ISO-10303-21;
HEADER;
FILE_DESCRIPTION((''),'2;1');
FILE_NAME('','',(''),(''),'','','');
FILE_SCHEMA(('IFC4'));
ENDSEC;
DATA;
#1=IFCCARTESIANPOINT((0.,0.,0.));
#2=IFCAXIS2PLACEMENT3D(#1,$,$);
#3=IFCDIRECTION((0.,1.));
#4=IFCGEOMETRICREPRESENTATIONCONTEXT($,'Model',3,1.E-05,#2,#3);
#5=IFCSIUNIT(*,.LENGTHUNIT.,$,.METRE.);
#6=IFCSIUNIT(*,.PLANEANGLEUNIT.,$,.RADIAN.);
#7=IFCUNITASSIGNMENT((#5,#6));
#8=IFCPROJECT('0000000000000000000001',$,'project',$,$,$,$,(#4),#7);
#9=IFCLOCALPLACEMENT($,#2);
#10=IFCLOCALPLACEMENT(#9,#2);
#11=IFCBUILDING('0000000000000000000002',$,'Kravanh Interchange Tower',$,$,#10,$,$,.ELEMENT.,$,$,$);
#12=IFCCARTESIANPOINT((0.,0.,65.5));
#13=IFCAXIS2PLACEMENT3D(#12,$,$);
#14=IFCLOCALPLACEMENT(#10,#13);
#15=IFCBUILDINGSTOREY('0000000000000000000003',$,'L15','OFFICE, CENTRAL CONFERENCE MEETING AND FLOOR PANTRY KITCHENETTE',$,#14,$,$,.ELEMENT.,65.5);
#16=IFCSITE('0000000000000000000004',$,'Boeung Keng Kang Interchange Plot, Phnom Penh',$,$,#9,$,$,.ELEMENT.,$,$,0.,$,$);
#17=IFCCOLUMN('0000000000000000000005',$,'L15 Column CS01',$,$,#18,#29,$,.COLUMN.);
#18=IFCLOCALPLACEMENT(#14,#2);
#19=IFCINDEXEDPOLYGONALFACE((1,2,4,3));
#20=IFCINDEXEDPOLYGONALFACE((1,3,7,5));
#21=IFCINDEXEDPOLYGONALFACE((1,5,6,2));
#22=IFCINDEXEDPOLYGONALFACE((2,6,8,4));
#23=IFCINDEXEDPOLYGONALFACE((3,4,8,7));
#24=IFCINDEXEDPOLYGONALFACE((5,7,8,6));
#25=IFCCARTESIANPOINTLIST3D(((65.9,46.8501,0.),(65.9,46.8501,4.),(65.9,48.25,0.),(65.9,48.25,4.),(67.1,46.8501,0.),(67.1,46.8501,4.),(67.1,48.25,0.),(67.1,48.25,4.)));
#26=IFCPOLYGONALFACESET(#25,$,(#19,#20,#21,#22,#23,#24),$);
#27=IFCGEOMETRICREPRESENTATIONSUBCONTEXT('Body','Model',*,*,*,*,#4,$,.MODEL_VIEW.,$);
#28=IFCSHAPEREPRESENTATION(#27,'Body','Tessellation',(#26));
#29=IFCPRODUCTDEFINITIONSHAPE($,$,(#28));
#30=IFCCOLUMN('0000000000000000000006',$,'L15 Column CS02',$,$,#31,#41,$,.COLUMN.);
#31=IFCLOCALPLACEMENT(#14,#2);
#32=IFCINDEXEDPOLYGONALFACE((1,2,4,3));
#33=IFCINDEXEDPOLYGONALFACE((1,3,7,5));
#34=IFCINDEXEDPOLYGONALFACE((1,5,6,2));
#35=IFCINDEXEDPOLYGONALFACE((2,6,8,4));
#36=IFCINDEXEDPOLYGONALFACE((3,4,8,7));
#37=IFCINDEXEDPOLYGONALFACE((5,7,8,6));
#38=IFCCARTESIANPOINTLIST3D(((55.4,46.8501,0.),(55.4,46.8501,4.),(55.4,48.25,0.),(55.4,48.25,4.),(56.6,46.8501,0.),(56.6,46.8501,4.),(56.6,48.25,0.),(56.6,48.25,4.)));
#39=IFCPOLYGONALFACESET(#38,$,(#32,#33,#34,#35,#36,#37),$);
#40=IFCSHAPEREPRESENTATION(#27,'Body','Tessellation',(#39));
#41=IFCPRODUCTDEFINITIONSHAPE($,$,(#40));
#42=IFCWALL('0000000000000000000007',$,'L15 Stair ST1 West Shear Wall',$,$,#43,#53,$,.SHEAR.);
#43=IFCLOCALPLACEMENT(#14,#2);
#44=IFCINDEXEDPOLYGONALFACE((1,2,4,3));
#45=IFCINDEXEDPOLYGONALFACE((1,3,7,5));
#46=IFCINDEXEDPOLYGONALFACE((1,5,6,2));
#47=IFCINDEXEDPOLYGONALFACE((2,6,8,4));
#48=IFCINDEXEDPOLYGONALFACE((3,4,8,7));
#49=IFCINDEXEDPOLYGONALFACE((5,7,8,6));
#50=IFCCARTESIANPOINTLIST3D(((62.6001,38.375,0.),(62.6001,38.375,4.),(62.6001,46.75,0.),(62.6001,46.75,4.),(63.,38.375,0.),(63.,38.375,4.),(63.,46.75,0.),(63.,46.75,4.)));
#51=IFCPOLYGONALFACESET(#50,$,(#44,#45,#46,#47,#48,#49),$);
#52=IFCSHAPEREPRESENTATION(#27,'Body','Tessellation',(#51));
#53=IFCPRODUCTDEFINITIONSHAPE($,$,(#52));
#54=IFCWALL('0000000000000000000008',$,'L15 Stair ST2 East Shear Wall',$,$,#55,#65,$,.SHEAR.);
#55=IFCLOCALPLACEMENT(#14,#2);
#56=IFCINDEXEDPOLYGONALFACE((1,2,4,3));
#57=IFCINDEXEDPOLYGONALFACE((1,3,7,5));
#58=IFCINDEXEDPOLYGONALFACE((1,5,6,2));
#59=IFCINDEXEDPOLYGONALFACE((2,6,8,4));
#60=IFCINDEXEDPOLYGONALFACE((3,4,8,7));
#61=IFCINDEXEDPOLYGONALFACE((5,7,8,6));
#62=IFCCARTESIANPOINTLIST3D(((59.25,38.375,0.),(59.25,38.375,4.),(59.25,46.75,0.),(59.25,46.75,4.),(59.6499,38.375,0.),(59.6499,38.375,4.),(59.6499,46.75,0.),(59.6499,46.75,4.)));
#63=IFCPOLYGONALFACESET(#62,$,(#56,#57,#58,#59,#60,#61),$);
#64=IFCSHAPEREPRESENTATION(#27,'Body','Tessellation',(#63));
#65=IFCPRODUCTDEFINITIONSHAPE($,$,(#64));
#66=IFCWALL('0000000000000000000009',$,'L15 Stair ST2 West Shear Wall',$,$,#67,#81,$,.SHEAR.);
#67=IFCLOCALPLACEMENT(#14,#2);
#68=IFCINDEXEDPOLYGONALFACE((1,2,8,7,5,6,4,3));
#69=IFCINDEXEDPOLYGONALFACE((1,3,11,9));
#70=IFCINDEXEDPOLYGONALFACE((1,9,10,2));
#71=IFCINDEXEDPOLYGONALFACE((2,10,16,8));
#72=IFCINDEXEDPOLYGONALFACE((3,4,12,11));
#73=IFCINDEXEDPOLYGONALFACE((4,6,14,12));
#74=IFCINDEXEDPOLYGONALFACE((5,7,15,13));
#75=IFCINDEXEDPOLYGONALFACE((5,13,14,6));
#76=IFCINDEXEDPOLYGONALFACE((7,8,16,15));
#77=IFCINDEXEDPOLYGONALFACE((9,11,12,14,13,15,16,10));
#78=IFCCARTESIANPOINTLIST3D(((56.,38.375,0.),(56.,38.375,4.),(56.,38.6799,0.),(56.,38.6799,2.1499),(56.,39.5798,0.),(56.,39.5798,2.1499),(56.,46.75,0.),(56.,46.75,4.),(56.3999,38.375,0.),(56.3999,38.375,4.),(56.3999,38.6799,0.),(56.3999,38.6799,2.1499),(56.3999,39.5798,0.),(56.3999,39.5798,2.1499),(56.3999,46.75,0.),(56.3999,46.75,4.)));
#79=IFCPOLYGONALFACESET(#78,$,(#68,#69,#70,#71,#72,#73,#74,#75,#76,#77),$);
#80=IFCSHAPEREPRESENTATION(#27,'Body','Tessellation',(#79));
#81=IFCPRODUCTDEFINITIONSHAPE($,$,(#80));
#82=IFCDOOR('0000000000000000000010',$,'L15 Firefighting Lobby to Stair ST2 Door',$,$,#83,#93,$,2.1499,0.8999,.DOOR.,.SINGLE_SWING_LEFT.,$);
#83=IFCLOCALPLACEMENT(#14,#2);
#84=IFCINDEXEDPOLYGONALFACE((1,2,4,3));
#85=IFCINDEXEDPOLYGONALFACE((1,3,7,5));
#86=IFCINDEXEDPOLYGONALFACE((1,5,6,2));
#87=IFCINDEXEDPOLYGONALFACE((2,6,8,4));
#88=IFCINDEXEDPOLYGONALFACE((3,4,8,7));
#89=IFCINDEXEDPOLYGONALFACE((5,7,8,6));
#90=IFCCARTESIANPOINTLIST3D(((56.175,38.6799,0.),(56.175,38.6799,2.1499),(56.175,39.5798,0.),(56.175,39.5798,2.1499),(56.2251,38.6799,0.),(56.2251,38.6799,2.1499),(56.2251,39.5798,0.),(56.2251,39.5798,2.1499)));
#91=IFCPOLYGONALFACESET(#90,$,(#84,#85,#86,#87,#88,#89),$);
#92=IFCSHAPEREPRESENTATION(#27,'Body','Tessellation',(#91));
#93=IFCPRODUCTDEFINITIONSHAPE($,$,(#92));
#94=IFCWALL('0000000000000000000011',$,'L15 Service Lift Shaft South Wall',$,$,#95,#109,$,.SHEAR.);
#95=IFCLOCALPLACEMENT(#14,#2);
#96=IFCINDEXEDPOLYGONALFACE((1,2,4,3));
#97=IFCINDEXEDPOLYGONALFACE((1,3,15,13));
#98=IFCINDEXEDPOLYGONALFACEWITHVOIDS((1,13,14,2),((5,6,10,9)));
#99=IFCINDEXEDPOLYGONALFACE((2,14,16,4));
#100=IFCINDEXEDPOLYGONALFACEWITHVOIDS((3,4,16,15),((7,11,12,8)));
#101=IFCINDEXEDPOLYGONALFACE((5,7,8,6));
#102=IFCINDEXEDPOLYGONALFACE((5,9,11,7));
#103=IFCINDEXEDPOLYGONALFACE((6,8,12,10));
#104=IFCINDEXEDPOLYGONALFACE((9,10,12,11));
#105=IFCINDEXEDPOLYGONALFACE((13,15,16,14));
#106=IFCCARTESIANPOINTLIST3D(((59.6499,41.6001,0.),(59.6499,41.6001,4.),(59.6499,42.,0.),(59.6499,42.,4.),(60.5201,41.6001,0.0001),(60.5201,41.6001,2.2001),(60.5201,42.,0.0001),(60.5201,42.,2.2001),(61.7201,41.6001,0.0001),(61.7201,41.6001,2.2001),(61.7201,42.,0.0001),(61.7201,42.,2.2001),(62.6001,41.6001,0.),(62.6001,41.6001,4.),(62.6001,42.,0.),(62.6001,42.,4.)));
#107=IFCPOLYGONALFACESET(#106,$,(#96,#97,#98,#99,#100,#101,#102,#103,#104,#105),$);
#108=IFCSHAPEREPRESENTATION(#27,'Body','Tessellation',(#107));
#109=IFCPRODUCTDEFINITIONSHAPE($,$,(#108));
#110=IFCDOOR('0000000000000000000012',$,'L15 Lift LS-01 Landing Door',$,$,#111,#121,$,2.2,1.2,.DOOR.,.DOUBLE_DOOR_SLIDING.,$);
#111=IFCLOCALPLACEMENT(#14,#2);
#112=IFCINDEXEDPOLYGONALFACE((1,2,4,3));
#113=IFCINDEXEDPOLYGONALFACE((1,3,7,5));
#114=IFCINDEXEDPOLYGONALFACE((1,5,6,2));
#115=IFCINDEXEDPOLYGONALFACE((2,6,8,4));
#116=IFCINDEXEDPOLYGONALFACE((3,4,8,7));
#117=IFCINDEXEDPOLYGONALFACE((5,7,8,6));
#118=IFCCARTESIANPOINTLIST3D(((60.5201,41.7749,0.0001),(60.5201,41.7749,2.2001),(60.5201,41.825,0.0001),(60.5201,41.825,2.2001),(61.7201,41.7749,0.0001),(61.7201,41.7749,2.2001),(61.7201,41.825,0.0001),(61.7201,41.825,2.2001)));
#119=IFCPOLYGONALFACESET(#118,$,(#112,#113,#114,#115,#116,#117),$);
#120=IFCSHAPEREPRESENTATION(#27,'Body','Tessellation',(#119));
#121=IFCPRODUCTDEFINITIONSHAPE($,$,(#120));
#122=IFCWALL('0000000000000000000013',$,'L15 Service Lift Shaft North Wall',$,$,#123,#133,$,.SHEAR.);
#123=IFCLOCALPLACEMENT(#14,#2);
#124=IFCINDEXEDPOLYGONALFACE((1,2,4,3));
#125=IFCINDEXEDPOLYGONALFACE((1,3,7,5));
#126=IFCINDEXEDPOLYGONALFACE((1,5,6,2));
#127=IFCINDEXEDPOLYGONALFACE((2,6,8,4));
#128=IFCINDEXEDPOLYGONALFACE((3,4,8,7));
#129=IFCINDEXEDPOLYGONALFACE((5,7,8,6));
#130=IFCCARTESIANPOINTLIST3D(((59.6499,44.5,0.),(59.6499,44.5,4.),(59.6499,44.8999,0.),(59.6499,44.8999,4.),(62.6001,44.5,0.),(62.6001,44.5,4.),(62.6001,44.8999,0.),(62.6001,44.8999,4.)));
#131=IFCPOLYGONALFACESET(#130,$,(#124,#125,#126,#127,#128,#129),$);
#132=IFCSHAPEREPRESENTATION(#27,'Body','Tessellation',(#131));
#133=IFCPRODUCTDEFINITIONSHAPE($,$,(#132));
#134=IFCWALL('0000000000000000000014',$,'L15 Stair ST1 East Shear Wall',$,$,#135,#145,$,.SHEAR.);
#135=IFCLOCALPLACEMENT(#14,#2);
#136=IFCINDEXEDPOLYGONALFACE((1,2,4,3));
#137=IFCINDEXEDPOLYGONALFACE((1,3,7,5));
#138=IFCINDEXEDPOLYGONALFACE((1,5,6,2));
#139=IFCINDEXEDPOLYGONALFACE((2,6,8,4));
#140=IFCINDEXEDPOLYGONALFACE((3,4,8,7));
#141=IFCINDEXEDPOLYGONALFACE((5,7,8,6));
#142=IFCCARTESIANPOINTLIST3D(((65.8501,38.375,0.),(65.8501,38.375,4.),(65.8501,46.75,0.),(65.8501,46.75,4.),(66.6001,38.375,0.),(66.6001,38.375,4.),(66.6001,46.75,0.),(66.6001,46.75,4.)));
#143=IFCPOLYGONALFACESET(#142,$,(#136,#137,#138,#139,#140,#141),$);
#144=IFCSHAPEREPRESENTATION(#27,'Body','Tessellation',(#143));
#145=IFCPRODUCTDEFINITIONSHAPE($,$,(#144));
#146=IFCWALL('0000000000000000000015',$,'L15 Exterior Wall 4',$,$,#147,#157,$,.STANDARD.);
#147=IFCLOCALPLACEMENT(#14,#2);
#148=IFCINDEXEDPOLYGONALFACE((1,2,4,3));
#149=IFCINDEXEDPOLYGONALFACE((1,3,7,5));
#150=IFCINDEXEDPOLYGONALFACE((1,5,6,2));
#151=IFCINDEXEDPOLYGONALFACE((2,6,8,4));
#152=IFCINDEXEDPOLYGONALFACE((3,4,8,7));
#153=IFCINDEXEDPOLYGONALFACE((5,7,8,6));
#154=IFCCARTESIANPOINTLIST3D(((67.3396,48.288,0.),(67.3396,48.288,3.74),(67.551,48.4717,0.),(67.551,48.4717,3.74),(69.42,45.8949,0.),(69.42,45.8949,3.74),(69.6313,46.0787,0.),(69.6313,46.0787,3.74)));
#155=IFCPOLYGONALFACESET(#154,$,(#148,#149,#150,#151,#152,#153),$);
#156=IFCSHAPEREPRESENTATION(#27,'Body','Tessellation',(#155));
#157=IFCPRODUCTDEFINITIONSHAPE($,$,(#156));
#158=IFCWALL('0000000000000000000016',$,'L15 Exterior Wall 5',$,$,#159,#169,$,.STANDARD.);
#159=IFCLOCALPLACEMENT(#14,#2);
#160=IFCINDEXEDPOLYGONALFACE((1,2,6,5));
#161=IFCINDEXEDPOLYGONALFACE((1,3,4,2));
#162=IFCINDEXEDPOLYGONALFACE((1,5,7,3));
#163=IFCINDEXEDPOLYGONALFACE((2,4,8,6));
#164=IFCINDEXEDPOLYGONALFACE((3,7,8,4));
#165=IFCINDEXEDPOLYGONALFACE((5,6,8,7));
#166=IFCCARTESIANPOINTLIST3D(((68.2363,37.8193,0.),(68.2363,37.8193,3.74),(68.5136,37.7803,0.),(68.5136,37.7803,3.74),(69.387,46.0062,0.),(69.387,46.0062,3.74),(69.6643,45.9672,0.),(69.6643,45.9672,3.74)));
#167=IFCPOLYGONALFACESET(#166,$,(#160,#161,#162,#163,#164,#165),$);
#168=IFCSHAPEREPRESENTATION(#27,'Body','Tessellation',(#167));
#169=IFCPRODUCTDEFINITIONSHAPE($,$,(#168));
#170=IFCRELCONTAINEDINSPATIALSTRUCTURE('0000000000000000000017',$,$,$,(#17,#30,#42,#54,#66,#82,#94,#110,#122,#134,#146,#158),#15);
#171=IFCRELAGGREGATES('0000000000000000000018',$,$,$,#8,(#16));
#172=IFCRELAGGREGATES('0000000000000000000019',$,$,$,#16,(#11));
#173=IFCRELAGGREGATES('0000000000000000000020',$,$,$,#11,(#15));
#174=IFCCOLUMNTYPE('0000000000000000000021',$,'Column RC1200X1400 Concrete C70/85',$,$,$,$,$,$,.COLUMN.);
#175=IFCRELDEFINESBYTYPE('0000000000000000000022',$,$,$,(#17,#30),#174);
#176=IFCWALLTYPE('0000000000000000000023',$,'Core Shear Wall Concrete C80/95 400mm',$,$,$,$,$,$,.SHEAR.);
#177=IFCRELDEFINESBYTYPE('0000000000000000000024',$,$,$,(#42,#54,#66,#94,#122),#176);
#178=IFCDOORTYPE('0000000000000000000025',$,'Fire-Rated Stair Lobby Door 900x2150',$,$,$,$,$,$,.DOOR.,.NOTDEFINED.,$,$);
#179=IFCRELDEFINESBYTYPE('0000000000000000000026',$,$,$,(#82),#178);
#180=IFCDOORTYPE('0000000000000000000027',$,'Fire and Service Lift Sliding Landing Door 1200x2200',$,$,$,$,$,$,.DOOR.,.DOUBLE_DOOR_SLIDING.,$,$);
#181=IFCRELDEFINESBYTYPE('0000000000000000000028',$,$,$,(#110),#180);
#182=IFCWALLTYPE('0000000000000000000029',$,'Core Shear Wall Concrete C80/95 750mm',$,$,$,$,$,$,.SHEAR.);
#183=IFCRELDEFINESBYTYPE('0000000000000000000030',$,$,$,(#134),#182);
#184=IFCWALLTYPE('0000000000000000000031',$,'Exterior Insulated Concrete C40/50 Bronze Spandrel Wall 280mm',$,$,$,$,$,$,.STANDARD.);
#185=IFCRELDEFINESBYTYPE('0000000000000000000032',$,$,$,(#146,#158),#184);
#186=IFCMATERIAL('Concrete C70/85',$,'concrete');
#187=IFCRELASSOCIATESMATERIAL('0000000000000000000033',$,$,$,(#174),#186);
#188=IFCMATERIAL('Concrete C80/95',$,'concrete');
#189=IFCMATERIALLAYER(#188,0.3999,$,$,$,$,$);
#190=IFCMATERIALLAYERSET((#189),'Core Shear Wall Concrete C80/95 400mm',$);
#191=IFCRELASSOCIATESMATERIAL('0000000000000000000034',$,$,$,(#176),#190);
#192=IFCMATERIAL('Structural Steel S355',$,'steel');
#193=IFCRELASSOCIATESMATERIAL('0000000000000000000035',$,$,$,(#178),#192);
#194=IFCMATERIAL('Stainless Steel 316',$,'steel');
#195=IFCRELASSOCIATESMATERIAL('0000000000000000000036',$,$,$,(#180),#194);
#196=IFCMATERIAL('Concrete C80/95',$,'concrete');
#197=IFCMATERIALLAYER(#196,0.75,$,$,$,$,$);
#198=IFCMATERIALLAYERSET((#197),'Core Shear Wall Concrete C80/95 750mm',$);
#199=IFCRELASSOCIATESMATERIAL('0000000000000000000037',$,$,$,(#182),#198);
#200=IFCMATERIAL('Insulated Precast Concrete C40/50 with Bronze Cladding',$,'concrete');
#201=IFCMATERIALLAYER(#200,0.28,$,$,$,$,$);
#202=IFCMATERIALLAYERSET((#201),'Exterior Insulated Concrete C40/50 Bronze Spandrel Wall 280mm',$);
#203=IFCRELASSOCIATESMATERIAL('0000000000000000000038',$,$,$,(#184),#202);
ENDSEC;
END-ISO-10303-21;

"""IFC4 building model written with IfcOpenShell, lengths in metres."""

from ifc_helpers import new_model, si_unit, direction, frame, frame_2d, origin, origin_2d, place, context, subcontext, project, spatial, rectangle, extrude, material, layer, layer_set, material_profile, profile_set, type_object, element, fill, save


model = new_model("IFC4")

# Units and contexts
model_context = context("Model", 3, precision=1e-05, world=origin(), true_north=direction((0.0, 1.0)))
body_context = subcontext(model_context, "Body", "Model", "MODEL_VIEW")
ifc_project = project(units=[si_unit("LENGTHUNIT", "METRE"), si_unit("PLANEANGLEUNIT", "RADIAN")], contexts=[model_context])

# Site, building, storey
site_placement = place(None, origin())
site = spatial("IfcSite", under=ifc_project, at=site_placement, Name="Boeung Keng Kang Interchange Plot, Phnom Penh", CompositionType="ELEMENT", RefElevation=0.0)
building_placement = place(site_placement, origin())
building = spatial("IfcBuilding", under=site, at=building_placement, Name="Kravanh Interchange Tower", CompositionType="ELEMENT")
storey_placement = place(building_placement, frame((0.0, 0.0, 65.5)))
storey = spatial("IfcBuildingStorey", under=building, at=storey_placement, Name="L15", Description="OFFICE, CENTRAL CONFERENCE MEETING AND FLOOR PANTRY KITCHENETTE", CompositionType="ELEMENT", Elevation=65.5)

# Columns
ifc_material_1 = material(Name="Concrete C70/85", Category="concrete")
ifc_material_profile = material_profile(ifc_material_1, rectangle(XDim=1.2, YDim=1.3999, at=origin_2d()), Name="RC1200X1400")
ifc_profile_set = profile_set([ifc_material_profile], Name="Concrete C70/85")
column_type = type_object("IfcColumnType", Name="Column RC1200X1400 Concrete C70/85", PredefinedType="COLUMN", material=ifc_profile_set)
for number, where, z_axis, x_axis, name in (
    (1, (66.5, 47.55, 0.0), (0.0, 0.0, 1.0), (1.0, 0.0, 0.0), "L15 Column CS01"),
    (2, (56.0, 47.55, 0.0), (0.0, 0.0, 1.0), (1.0, 0.0, 0.0), "L15 Column CS02"),
):
    element("IfcColumn", number, at=place(storey_placement, frame(where, z_axis=z_axis, x_axis=x_axis)), inside=storey, type_object=column_type, Name=name, PredefinedType="COLUMN", context=body_context, shape_type="SweptSolid", body=[
        extrude(rectangle(XDim=1.2, YDim=1.3999, at=origin_2d()), origin(), (0.0, 0.0, 1.0), 4.0),
    ])

# Walls
ifc_material_2 = material(Name="Concrete C80/95", Category="concrete")
ifc_layer_1 = layer(ifc_material_2, 0.3999)
ifc_layer_set_1 = layer_set([ifc_layer_1], Name="Core Shear Wall Concrete C80/95 400mm")
wall_type_1 = type_object("IfcWallType", Name="Core Shear Wall Concrete C80/95 400mm", PredefinedType="SHEAR", material=ifc_layer_set_1)
for number, where, z_axis, x_axis, name in (
    (3, (62.8, 38.375, 0.0), (0.0, 0.0, 1.0), (0.0, 1.0, 0.0), "L15 Stair ST1 West Shear Wall"),
    (4, (59.45, 38.375, 0.0), (0.0, 0.0, 1.0), (0.0, 1.0, 0.0), "L15 Stair ST2 East Shear Wall"),
):
    element("IfcWall", number, at=place(storey_placement, frame(where, z_axis=z_axis, x_axis=x_axis)), inside=storey, type_object=wall_type_1, Name=name, PredefinedType="SHEAR", context=body_context, shape_type="SweptSolid", body=[
        extrude(rectangle(XDim=8.375, YDim=0.3999, at=frame_2d((4.1875, 0.0))), origin(), (0.0, 0.0, 1.0), 4.0),
    ])

# Walls, openings, doors
wall_1_placement = place(storey_placement, frame((56.2, 38.375, 0.0), z_axis=(0.0, 0.0, 1.0), x_axis=(0.0, 1.0, 0.0)))
wall_1 = element("IfcWall", 5, at=wall_1_placement, inside=storey, type_object=wall_type_1, Name="L15 Stair ST2 West Shear Wall", PredefinedType="SHEAR", context=body_context, shape_type="SweptSolid", body=[
    extrude(rectangle(XDim=8.375, YDim=0.3999, at=frame_2d((4.1875, 0.0))), origin(), (0.0, 0.0, 1.0), 4.0),
])
opening_1_placement = place(wall_1_placement, frame((0.3049, 0.0, 0.0)))
opening_1 = element("IfcOpeningElement", 6, at=opening_1_placement, cuts=wall_1, PredefinedType="OPENING", context=body_context, shape_type="SweptSolid", body=[
    extrude(rectangle(XDim=0.8999, YDim=2.1499, at=frame_2d((0.45, 1.075))), frame((0.0, 0.21, 0.0), z_axis=(0.0, -1.0, 0.0), x_axis=(1.0, 0.0, 0.0)), (0.0, 0.0, 1.0), 0.4199),
])
ifc_material_3 = material(Name="Structural Steel S355", Category="steel")
door_type_1 = type_object("IfcDoorType", Name="Fire-Rated Stair Lobby Door 900x2150", OperationType="NOTDEFINED", PredefinedType="DOOR", material=ifc_material_3)
door_1_placement = place(opening_1_placement, origin())
door_1 = element("IfcDoor", 7, at=door_1_placement, inside=storey, type_object=door_type_1, Name="L15 Firefighting Lobby to Stair ST2 Door", OperationType="SINGLE_SWING_LEFT", OverallHeight=2.1499, OverallWidth=0.8999, PredefinedType="DOOR", context=body_context, shape_type="SweptSolid", body=[
    extrude(rectangle(XDim=0.8999, YDim=2.1499, at=frame_2d((0.45, 1.075))), frame((0.0, 0.0249, 0.0), z_axis=(0.0, -1.0, 0.0), x_axis=(1.0, 0.0, 0.0)), (0.0, 0.0, 1.0), 0.05),
])
fill(opening_1, door_1)
wall_2_placement = place(storey_placement, frame((59.6499, 41.8, 0.0), z_axis=(0.0, 0.0, 1.0), x_axis=(1.0, 0.0, 0.0)))
wall_2 = element("IfcWall", 8, at=wall_2_placement, inside=storey, type_object=wall_type_1, Name="L15 Service Lift Shaft South Wall", PredefinedType="SHEAR", context=body_context, shape_type="SweptSolid", body=[
    extrude(rectangle(XDim=2.9502, YDim=0.3999, at=frame_2d((1.4751, 0.0))), origin(), (0.0, 0.0, 1.0), 4.0),
])
opening_2_placement = place(wall_2_placement, frame((0.8701, 0.0, 0.0)))
opening_2 = element("IfcOpeningElement", 9, at=opening_2_placement, cuts=wall_2, PredefinedType="OPENING", context=body_context, shape_type="SweptSolid", body=[
    extrude(rectangle(XDim=1.2, YDim=2.2, at=frame_2d((0.6001, 1.1001))), frame((0.0, 0.21, 0.0), z_axis=(0.0, -1.0, 0.0), x_axis=(1.0, 0.0, 0.0)), (0.0, 0.0, 1.0), 0.4199),
])
ifc_material_4 = material(Name="Stainless Steel 316", Category="steel")
door_type_2 = type_object("IfcDoorType", Name="Fire and Service Lift Sliding Landing Door 1200x2200", OperationType="DOUBLE_DOOR_SLIDING", PredefinedType="DOOR", material=ifc_material_4)
door_2_placement = place(opening_2_placement, origin())
door_2 = element("IfcDoor", 10, at=door_2_placement, inside=storey, type_object=door_type_2, Name="L15 Lift LS-01 Landing Door", OperationType="DOUBLE_DOOR_SLIDING", OverallHeight=2.2, OverallWidth=1.2, PredefinedType="DOOR", context=body_context, shape_type="SweptSolid", body=[
    extrude(rectangle(XDim=1.2, YDim=2.2, at=frame_2d((0.6001, 1.1001))), frame((0.0, 0.0249, 0.0), z_axis=(0.0, -1.0, 0.0), x_axis=(1.0, 0.0, 0.0)), (0.0, 0.0, 1.0), 0.05),
])
fill(opening_2, door_2)

# Walls
wall_3_placement = place(storey_placement, frame((59.6499, 44.7, 0.0), z_axis=(0.0, 0.0, 1.0), x_axis=(1.0, 0.0, 0.0)))
element("IfcWall", 11, at=wall_3_placement, inside=storey, type_object=wall_type_1, Name="L15 Service Lift Shaft North Wall", PredefinedType="SHEAR", context=body_context, shape_type="SweptSolid", body=[
    extrude(rectangle(XDim=2.9502, YDim=0.3999, at=frame_2d((1.4751, 0.0))), origin(), (0.0, 0.0, 1.0), 4.0),
])
ifc_material_5 = material(Name="Concrete C80/95", Category="concrete")
ifc_layer_2 = layer(ifc_material_5, 0.75)
ifc_layer_set_2 = layer_set([ifc_layer_2], Name="Core Shear Wall Concrete C80/95 750mm")
wall_type_2 = type_object("IfcWallType", Name="Core Shear Wall Concrete C80/95 750mm", PredefinedType="SHEAR", material=ifc_layer_set_2)
wall_4_placement = place(storey_placement, frame((66.2251, 38.375, 0.0), z_axis=(0.0, 0.0, 1.0), x_axis=(0.0, 1.0, 0.0)))
element("IfcWall", 12, at=wall_4_placement, inside=storey, type_object=wall_type_2, Name="L15 Stair ST1 East Shear Wall", PredefinedType="SHEAR", context=body_context, shape_type="SweptSolid", body=[
    extrude(rectangle(XDim=8.375, YDim=0.75, at=frame_2d((4.1875, 0.0))), origin(), (0.0, 0.0, 1.0), 4.0),
])
ifc_material_6 = material(Name="Insulated Precast Concrete C40/50 with Bronze Cladding", Category="concrete")
ifc_layer_3 = layer(ifc_material_6, 0.28)
ifc_layer_set_3 = layer_set([ifc_layer_3], Name="Exterior Insulated Concrete C40/50 Bronze Spandrel Wall 280mm")
wall_type_3 = type_object("IfcWallType", Name="Exterior Insulated Concrete C40/50 Bronze Spandrel Wall 280mm", PredefinedType="STANDARD", material=ifc_layer_set_3)
wall_5_placement = place(storey_placement, frame((67.4453, 48.3799, 0.0), z_axis=(0.0, 0.0, 1.0), x_axis=(0.65607, -0.7547, 0.0)))
element("IfcWall", 13, at=wall_5_placement, inside=storey, type_object=wall_type_3, Name="L15 Exterior Wall 4", PredefinedType="STANDARD", context=body_context, shape_type="SweptSolid", body=[
    extrude(rectangle(XDim=3.1709, YDim=0.28, at=frame_2d((1.5854, 0.0))), origin(), (0.0, 0.0, 1.0), 3.74),
])
wall_6_placement = place(storey_placement, frame((69.5256, 45.9868, 0.0), z_axis=(0.0, 0.0, 1.0), x_axis=(-0.13918, -0.990267, 0.0)))
element("IfcWall", 14, at=wall_6_placement, inside=storey, type_object=wall_type_3, Name="L15 Exterior Wall 5", PredefinedType="STANDARD", context=body_context, shape_type="SweptSolid", body=[
    extrude(rectangle(XDim=8.2673, YDim=0.28, at=frame_2d((4.1338, 0.0))), origin(), (0.0, 0.0, 1.0), 3.74),
])

save(model, "model.ifc")
